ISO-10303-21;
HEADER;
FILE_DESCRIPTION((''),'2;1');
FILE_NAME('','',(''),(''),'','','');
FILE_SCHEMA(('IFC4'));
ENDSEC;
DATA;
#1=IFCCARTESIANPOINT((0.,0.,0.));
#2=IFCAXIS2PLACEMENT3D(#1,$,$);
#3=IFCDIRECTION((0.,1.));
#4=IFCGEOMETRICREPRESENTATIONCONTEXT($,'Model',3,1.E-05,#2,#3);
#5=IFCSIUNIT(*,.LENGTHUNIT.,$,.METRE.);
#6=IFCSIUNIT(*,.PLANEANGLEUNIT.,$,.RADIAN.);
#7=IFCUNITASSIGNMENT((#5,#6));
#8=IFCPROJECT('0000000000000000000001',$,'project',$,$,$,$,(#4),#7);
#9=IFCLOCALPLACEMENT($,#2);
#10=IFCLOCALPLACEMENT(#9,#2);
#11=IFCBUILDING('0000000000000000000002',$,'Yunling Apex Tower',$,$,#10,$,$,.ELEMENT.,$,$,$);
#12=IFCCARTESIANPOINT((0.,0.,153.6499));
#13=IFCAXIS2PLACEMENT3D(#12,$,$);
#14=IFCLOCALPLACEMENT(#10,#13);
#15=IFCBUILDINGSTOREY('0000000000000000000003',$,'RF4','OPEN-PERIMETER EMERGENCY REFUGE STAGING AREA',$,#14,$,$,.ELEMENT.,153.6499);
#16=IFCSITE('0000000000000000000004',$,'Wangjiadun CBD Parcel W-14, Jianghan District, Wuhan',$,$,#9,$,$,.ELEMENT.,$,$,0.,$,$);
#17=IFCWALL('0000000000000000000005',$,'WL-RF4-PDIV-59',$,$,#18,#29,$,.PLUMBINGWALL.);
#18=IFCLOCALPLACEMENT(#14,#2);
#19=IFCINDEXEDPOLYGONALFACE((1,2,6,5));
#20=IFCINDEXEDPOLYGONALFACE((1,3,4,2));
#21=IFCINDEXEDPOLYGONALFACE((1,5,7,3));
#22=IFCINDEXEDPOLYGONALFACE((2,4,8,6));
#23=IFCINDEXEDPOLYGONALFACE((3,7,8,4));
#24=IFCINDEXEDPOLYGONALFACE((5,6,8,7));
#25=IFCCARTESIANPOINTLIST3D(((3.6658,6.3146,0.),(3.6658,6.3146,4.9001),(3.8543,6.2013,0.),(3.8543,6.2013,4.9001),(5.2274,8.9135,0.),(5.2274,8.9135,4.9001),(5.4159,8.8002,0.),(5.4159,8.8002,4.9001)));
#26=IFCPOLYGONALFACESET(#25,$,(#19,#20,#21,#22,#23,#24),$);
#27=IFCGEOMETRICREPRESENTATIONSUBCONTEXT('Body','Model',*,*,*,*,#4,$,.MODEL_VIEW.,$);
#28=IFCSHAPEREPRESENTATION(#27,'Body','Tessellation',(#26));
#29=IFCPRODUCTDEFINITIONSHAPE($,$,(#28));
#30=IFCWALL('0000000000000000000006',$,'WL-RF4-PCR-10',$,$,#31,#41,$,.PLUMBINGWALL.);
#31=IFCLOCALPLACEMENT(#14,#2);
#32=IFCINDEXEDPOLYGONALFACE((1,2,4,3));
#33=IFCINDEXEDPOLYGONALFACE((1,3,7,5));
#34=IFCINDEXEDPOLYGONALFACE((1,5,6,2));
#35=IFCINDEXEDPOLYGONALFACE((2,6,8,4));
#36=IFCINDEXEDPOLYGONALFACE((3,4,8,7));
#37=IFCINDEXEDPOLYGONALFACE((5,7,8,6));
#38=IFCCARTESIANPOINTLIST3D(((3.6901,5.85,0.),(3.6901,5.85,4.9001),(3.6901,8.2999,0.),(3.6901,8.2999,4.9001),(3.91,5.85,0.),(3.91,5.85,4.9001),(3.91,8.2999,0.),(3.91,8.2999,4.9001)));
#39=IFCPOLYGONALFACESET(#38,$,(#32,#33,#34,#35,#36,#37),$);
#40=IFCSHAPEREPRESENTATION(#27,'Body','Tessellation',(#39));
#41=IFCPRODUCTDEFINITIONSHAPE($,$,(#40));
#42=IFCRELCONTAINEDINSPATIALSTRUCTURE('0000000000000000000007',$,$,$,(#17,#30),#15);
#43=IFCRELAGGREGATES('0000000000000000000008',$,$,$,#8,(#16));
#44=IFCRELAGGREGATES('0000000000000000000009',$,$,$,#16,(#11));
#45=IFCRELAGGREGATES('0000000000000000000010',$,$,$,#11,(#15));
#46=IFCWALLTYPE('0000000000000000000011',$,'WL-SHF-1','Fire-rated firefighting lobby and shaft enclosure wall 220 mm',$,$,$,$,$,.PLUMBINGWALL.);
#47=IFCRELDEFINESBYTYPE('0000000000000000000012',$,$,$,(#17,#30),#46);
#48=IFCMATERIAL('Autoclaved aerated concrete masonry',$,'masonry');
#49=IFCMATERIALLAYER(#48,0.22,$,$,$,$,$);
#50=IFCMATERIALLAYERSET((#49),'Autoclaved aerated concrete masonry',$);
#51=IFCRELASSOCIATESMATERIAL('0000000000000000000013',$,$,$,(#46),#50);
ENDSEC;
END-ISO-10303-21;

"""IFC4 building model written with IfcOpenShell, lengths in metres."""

from ifc_helpers import new_model, si_unit, direction, frame, frame_2d, origin, place, context, subcontext, project, spatial, rectangle, extrude, material, layer, layer_set, type_object, element, save


model = new_model("IFC4")

# Units and contexts
model_context = context("Model", 3, precision=1e-05, world=origin(), true_north=direction((0.0, 1.0)))
body_context = subcontext(model_context, "Body", "Model", "MODEL_VIEW")
ifc_project = project(units=[si_unit("LENGTHUNIT", "METRE"), si_unit("PLANEANGLEUNIT", "RADIAN")], contexts=[model_context])

# Site, building, storey
site_placement = place(None, origin())
site = spatial("IfcSite", under=ifc_project, at=site_placement, Name="Wangjiadun CBD Parcel W-14, Jianghan District, Wuhan", CompositionType="ELEMENT", RefElevation=0.0)
building_placement = place(site_placement, origin())
building = spatial("IfcBuilding", under=site, at=building_placement, Name="Yunling Apex Tower", CompositionType="ELEMENT")
storey_placement = place(building_placement, frame((0.0, 0.0, 153.6499)))
storey = spatial("IfcBuildingStorey", under=building, at=storey_placement, Name="RF4", Description="OPEN-PERIMETER EMERGENCY REFUGE STAGING AREA", CompositionType="ELEMENT", Elevation=153.6499)

# Walls
ifc_material_1 = material(Name="Autoclaved aerated concrete masonry", Category="masonry")
ifc_layer_1 = layer(ifc_material_1, 0.22)
ifc_layer_set_1 = layer_set([ifc_layer_1], Name="Autoclaved aerated concrete masonry")
wall_type_1 = type_object("IfcWallType", Name="WL-SHF-1", Description="Fire-rated firefighting lobby and shaft enclosure wall 220 mm", PredefinedType="PLUMBINGWALL", material=ifc_layer_set_1)
wall_1_placement = place(storey_placement, frame((3.76, 6.2578, 0.0), z_axis=(0.0, 0.0, 1.0), x_axis=(0.515029, 0.857173, 0.0)))
element("IfcWall", 1, at=wall_1_placement, inside=storey, type_object=wall_type_1, Name="WL-RF4-PDIV-59", PredefinedType="PLUMBINGWALL", context=body_context, shape_type="SweptSolid", body=[
    extrude(rectangle(XDim=3.032, YDim=0.22, at=frame_2d((1.5161, 0.0))), origin(), (0.0, 0.0, 1.0), 4.9001),
])
wall_2_placement = place(storey_placement, frame((3.8, 8.3, 0.0), z_axis=(0.0, 0.0, 1.0), x_axis=(0.0, -1.0, 0.0)))
element("IfcWall", 2, at=wall_2_placement, inside=storey, type_object=wall_type_1, Name="WL-RF4-PCR-10", PredefinedType="PLUMBINGWALL", context=body_context, shape_type="SweptSolid", body=[
    extrude(rectangle(XDim=2.45, YDim=0.22, at=frame_2d((1.2251, 0.0))), origin(), (0.0, 0.0, 1.0), 4.9001),
])

save(model, "model.ifc")
